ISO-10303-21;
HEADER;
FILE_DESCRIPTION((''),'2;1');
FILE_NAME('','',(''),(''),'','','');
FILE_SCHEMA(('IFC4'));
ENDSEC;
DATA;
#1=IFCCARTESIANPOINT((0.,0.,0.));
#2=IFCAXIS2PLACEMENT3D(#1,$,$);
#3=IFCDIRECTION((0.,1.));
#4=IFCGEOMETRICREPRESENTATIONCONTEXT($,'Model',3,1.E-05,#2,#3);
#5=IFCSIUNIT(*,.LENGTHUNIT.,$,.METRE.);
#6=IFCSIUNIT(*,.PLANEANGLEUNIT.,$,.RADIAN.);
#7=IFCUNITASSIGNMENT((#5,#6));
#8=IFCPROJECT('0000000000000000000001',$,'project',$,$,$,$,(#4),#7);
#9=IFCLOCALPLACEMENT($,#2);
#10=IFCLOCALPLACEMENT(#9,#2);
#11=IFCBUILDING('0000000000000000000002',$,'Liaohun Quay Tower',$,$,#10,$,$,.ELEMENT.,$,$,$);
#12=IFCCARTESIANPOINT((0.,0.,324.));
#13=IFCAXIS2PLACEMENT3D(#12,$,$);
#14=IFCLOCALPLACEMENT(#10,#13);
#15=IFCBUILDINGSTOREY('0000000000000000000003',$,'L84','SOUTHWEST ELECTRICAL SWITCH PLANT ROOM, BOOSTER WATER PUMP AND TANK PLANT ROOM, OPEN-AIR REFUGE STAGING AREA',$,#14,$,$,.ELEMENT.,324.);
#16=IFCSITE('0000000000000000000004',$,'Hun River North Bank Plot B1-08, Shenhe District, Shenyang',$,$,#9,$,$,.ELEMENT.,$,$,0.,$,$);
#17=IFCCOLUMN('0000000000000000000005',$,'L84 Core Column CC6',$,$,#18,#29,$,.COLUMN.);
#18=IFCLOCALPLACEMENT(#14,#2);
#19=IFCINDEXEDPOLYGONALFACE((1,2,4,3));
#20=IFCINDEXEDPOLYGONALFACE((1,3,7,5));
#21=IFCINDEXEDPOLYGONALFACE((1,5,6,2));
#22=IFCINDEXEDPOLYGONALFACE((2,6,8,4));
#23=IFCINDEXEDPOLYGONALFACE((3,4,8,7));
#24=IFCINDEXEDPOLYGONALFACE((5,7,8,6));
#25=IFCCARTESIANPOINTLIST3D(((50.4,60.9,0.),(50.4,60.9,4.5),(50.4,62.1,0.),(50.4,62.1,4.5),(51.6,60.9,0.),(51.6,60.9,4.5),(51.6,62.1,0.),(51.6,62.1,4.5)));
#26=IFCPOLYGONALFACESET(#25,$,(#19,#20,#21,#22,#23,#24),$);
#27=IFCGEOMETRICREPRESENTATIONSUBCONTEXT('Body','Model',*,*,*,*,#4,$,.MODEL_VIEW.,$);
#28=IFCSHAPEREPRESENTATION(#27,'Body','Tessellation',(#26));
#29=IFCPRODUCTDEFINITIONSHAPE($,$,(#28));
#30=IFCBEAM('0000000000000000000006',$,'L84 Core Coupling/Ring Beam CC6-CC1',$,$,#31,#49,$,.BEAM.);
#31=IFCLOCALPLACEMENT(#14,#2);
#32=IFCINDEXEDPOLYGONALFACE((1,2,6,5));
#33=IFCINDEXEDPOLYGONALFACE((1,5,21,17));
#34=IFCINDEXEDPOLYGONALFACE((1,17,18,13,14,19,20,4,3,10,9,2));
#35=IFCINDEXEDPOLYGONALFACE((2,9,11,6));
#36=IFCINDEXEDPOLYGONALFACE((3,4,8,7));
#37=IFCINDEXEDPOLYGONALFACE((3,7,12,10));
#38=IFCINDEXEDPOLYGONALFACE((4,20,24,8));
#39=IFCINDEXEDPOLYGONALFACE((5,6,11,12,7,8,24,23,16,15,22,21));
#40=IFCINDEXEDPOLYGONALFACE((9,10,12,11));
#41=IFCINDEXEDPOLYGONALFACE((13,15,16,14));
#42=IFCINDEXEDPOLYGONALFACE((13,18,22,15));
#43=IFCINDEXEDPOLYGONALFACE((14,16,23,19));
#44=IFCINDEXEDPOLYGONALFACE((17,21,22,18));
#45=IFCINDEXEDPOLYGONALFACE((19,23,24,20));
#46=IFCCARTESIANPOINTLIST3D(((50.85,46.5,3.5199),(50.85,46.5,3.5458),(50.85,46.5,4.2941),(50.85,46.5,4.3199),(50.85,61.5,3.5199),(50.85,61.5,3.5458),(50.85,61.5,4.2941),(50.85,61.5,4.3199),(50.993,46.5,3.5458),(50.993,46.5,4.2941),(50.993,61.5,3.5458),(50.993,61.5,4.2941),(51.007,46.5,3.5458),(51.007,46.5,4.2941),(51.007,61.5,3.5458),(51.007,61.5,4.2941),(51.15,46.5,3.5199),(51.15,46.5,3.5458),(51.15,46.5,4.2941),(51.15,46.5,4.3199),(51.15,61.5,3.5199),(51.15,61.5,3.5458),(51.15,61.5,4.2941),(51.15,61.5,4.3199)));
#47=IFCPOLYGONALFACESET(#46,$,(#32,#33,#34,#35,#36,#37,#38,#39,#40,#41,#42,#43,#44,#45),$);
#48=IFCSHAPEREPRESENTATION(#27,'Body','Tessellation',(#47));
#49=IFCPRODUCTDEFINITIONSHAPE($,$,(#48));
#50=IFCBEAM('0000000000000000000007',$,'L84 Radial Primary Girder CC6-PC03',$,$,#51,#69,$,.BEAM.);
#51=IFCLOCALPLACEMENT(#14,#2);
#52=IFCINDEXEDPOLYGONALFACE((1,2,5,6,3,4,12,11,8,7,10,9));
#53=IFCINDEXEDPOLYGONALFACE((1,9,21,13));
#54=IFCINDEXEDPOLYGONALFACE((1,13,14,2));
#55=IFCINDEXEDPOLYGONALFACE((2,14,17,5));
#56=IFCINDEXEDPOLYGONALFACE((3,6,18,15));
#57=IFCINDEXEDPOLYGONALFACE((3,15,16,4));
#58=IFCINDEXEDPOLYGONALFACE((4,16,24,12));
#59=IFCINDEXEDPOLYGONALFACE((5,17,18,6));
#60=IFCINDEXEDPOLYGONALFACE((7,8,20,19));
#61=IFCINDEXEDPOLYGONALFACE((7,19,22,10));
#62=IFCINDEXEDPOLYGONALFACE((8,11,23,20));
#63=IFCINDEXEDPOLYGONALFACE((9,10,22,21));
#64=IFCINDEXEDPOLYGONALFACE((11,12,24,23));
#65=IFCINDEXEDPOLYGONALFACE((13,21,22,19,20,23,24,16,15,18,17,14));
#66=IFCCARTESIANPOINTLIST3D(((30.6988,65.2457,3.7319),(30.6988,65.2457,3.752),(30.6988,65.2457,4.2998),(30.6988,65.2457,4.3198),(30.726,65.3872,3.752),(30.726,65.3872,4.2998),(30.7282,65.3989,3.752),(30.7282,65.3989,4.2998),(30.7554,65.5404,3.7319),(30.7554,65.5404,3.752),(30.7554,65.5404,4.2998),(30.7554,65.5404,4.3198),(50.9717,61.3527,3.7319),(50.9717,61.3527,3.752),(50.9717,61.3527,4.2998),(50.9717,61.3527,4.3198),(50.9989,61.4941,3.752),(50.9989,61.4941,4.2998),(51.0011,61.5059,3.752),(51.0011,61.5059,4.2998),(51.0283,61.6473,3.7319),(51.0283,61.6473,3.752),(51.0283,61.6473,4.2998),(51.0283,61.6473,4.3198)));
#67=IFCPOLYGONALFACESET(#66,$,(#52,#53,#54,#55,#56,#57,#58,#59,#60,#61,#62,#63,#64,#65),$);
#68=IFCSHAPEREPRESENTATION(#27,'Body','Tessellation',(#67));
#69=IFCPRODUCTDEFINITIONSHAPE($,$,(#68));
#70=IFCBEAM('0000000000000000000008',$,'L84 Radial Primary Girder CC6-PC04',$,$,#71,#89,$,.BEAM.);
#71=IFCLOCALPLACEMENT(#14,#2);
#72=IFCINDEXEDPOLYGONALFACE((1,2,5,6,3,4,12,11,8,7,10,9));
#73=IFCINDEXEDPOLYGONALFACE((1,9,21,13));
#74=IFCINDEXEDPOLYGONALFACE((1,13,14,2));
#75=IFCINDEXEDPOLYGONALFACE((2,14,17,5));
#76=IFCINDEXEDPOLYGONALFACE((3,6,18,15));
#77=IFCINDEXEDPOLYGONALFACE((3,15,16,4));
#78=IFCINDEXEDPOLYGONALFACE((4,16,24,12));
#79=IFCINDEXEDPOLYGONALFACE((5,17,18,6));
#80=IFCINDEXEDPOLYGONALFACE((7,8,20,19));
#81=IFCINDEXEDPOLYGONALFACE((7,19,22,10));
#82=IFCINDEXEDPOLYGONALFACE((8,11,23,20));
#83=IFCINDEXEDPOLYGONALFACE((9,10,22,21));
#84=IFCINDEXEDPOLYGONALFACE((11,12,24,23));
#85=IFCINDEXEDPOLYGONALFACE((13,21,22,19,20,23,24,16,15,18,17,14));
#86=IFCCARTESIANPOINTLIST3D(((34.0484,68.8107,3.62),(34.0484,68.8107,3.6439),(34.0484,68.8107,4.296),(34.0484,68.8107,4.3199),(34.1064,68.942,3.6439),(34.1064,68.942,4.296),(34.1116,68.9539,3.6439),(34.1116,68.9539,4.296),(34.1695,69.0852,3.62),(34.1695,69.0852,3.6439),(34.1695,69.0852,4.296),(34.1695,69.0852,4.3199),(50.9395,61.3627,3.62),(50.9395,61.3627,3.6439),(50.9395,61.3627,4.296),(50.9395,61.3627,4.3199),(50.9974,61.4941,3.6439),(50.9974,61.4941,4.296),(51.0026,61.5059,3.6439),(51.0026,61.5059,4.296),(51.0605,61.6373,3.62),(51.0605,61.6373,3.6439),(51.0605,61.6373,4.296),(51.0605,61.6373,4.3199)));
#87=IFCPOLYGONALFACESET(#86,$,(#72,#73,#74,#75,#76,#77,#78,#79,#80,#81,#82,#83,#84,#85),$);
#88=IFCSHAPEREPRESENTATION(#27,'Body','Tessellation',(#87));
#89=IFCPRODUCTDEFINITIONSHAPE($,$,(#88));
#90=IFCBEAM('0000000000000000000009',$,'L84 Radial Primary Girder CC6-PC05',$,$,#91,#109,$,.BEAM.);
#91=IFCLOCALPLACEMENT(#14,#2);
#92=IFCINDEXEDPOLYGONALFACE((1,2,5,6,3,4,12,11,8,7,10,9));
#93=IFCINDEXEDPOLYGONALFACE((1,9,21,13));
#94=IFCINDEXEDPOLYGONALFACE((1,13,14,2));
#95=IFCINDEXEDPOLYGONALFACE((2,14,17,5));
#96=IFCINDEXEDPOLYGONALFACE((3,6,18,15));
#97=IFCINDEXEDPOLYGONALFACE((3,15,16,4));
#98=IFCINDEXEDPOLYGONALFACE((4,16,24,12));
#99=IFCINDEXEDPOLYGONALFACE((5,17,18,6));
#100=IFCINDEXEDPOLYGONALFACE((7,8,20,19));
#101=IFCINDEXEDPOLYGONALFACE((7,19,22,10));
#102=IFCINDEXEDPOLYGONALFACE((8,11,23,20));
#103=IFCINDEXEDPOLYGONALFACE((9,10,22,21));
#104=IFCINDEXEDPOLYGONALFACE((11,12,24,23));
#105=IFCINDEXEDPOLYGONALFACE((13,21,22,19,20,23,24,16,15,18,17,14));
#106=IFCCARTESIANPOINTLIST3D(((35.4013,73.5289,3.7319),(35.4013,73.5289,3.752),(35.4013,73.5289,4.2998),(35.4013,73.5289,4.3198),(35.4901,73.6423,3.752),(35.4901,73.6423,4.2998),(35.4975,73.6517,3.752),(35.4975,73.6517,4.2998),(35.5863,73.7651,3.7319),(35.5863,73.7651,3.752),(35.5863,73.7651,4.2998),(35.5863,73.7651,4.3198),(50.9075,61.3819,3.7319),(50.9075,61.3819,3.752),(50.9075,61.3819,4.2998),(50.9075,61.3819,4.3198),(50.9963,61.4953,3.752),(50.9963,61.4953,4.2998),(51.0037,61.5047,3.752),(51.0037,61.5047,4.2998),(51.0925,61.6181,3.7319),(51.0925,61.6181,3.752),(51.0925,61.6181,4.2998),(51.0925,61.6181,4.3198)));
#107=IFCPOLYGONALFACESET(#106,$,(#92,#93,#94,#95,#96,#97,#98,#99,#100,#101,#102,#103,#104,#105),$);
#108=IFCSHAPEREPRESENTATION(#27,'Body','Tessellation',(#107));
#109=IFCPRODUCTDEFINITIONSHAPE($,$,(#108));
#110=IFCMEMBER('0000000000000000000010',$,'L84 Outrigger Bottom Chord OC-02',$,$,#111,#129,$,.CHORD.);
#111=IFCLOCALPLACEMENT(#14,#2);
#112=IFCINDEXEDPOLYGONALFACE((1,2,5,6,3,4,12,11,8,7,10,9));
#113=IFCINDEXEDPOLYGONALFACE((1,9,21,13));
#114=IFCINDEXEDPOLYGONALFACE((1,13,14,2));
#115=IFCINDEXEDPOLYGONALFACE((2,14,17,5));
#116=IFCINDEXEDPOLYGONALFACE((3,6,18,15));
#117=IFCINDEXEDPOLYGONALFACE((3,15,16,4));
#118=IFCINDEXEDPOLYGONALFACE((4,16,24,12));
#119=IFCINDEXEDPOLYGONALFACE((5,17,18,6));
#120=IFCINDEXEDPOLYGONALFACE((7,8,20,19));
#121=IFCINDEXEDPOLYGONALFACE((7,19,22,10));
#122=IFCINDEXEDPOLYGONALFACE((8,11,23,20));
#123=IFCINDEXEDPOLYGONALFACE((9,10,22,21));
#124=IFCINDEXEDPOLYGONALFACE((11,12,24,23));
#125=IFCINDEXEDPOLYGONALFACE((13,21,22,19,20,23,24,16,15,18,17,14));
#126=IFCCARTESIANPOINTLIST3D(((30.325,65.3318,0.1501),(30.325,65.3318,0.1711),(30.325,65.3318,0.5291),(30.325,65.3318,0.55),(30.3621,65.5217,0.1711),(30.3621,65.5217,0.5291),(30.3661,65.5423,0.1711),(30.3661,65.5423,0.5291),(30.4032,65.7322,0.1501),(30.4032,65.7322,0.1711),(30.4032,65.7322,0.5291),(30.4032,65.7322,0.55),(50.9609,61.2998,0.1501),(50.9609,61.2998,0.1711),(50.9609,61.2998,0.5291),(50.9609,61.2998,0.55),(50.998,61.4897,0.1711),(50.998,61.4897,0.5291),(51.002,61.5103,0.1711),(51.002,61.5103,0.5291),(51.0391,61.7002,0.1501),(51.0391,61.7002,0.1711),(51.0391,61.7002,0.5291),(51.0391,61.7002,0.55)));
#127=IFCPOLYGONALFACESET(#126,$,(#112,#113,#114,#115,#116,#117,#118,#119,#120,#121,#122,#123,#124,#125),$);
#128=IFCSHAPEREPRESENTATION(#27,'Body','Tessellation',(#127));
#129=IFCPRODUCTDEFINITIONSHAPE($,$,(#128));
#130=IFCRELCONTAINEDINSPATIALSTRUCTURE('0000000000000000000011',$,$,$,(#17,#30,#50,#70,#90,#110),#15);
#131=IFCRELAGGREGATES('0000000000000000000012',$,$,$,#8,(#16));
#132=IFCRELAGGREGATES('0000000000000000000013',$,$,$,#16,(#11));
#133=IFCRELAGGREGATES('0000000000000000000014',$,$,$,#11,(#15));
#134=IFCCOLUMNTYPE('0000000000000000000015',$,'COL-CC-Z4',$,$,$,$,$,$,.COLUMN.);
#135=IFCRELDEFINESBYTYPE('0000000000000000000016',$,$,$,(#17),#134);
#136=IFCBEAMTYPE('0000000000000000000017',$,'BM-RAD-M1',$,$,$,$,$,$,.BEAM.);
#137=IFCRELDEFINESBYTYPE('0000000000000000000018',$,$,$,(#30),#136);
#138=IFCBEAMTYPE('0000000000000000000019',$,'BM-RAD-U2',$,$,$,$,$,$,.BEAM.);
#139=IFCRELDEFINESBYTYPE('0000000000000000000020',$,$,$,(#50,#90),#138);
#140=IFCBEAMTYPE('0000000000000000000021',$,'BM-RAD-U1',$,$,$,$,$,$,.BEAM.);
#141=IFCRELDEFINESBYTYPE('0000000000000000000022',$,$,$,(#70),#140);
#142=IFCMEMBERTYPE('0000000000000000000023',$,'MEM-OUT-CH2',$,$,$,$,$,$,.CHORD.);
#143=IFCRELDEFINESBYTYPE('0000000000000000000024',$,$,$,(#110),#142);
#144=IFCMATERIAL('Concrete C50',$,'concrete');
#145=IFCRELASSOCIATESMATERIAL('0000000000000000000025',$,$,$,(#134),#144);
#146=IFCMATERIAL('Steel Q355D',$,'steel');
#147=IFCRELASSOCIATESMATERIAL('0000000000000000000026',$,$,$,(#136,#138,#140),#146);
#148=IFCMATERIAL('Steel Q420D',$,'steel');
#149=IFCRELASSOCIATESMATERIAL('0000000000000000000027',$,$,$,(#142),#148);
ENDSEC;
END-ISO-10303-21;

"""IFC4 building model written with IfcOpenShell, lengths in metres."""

from ifc_helpers import new_model, si_unit, direction, frame, origin, origin_2d, place, context, subcontext, project, spatial, rectangle, i_section, extrude, source, transform, mapped, material, material_profile, profile_set, type_object, element, save


model = new_model("IFC4")

# Units and contexts
model_context = context("Model", 3, precision=1e-05, world=origin(), true_north=direction((0.0, 1.0)))
body_context = subcontext(model_context, "Body", "Model", "MODEL_VIEW")
ifc_project = project(units=[si_unit("LENGTHUNIT", "METRE"), si_unit("PLANEANGLEUNIT", "RADIAN")], contexts=[model_context])

# Site, building, storey
site_placement = place(None, origin())
site = spatial("IfcSite", under=ifc_project, at=site_placement, Name="Hun River North Bank Plot B1-08, Shenhe District, Shenyang", CompositionType="ELEMENT", RefElevation=0.0)
building_placement = place(site_placement, origin())
building = spatial("IfcBuilding", under=site, at=building_placement, Name="Liaohun Quay Tower", CompositionType="ELEMENT")
storey_placement = place(building_placement, frame((0.0, 0.0, 324.0)))
storey = spatial("IfcBuildingStorey", under=building, at=storey_placement, Name="L84", Description="SOUTHWEST ELECTRICAL SWITCH PLANT ROOM, BOOSTER WATER PUMP AND TANK PLANT ROOM, OPEN-AIR REFUGE STAGING AREA", CompositionType="ELEMENT", Elevation=324.0)

# Column
ifc_material_1 = material(Name="Concrete C50", Category="concrete")
ifc_material_profile_1 = material_profile(ifc_material_1, rectangle(XDim=1.2, YDim=1.2, at=origin_2d()), Name="RC1200x1200")
ifc_profile_set_1 = profile_set([ifc_material_profile_1], Name="Concrete C50")
column_type = type_object("IfcColumnType", Name="COL-CC-Z4", PredefinedType="COLUMN", material=ifc_profile_set_1)
shared_shape_1 = source(origin(), body_context, "Body", "SweptSolid", [
    extrude(rectangle(XDim=1.2, YDim=1.2, at=origin_2d()), origin(), (0.0, 0.0, 1.0), 4.5),
])
column_placement = place(storey_placement, frame((51.0, 61.5, 0.0), z_axis=(0.0, 0.0, 1.0), x_axis=(1.0, 0.0, 0.0)))
element("IfcColumn", 1, at=column_placement, inside=storey, type_object=column_type, Name="L84 Core Column CC6", PredefinedType="COLUMN", context=body_context, shape_type="MappedRepresentation", body=[
    mapped(shared_shape_1, transform((0.0, 0.0, 0.0), x_axis=(1.0, 0.0, 0.0), y_axis=(0.0, 1.0, 0.0), z_axis=(0.0, 0.0, 1.0), scale=1.0)),
])

# Beams
ifc_material_2 = material(Name="Steel Q355D", Category="steel")
ifc_material_profile_2 = material_profile(ifc_material_2, i_section(OverallWidth=0.3, OverallDepth=0.8, WebThickness=0.0139, FlangeThickness=0.0259, at=origin_2d()), Name="HN800x300x14x26")
ifc_profile_set_2 = profile_set([ifc_material_profile_2], Name="Steel Q355D")
beam_type_1 = type_object("IfcBeamType", Name="BM-RAD-M1", PredefinedType="BEAM", material=ifc_profile_set_2)
shared_shape_2 = source(origin(), body_context, "Body", "SweptSolid", [
    extrude(i_section(OverallWidth=0.3, OverallDepth=0.8, WebThickness=0.0139, FlangeThickness=0.0259, at=origin_2d()), origin(), (0.0, 0.0, 1.0), 15.0),
])
beam_1_placement = place(storey_placement, frame((51.0, 61.5, 3.9199), z_axis=(0.0, -1.0, 0.0), x_axis=(1.0, 0.0, 0.0)))
element("IfcBeam", 2, at=beam_1_placement, inside=storey, type_object=beam_type_1, Name="L84 Core Coupling/Ring Beam CC6-CC1", PredefinedType="BEAM", context=body_context, shape_type="MappedRepresentation", body=[
    mapped(shared_shape_2, transform((0.0, 0.0, 0.0), x_axis=(1.0, 0.0, 0.0), y_axis=(0.0, 1.0, 0.0), z_axis=(0.0, 0.0, 1.0), scale=1.0)),
])
ifc_material_profile_3 = material_profile(ifc_material_2, i_section(OverallWidth=0.3, OverallDepth=0.5879, WebThickness=0.012, FlangeThickness=0.02, at=origin_2d()), Name="HM588x300x12x20")
ifc_profile_set_3 = profile_set([ifc_material_profile_3], Name="Steel Q355D")
beam_type_2 = type_object("IfcBeamType", Name="BM-RAD-U2", PredefinedType="BEAM", material=ifc_profile_set_3)
shared_shape_3 = source(origin(), body_context, "Body", "SweptSolid", [
    extrude(i_section(OverallWidth=0.3, OverallDepth=0.5879, WebThickness=0.012, FlangeThickness=0.02, at=origin_2d()), origin(), (0.0, 0.0, 1.0), 20.6433),
])
beam_2_placement = place(storey_placement, frame((51.0, 61.5, 4.0259), z_axis=(-0.982057, 0.188587, 0.0), x_axis=(-0.188587, -0.982057, 0.0)))
element("IfcBeam", 3, at=beam_2_placement, inside=storey, type_object=beam_type_2, Name="L84 Radial Primary Girder CC6-PC03", PredefinedType="BEAM", context=body_context, shape_type="MappedRepresentation", body=[
    mapped(shared_shape_3, transform((0.0, 0.0, 0.0), x_axis=(1.0, 0.0, 0.0), y_axis=(0.0, 1.0, 0.0), z_axis=(0.0, 0.0, 1.0), scale=1.0)),
])
ifc_material_profile_4 = material_profile(ifc_material_2, i_section(OverallWidth=0.3, OverallDepth=0.7, WebThickness=0.0129, FlangeThickness=0.0239, at=origin_2d()), Name="HN700x300x13x24")
ifc_profile_set_4 = profile_set([ifc_material_profile_4], Name="Steel Q355D")
beam_type_3 = type_object("IfcBeamType", Name="BM-RAD-U1", PredefinedType="BEAM", material=ifc_profile_set_4)
shared_shape_4 = source(origin(), body_context, "Body", "SweptSolid", [
    extrude(i_section(OverallWidth=0.3, OverallDepth=0.7, WebThickness=0.0129, FlangeThickness=0.0239, at=origin_2d()), origin(), (0.0, 0.0, 1.0), 18.4602),
])
beam_3_placement = place(storey_placement, frame((51.0, 61.5, 3.97), z_axis=(-0.914997, 0.40346, 0.0), x_axis=(-0.40346, -0.914997, 0.0)))
element("IfcBeam", 4, at=beam_3_placement, inside=storey, type_object=beam_type_3, Name="L84 Radial Primary Girder CC6-PC04", PredefinedType="BEAM", context=body_context, shape_type="MappedRepresentation", body=[
    mapped(shared_shape_4, transform((0.0, 0.0, 0.0), x_axis=(1.0, 0.0, 0.0), y_axis=(0.0, 1.0, 0.0), z_axis=(0.0, 0.0, 1.0), scale=1.0)),
])
shared_shape_5 = source(origin(), body_context, "Body", "SweptSolid", [
    extrude(i_section(OverallWidth=0.3, OverallDepth=0.5879, WebThickness=0.012, FlangeThickness=0.02, at=origin_2d()), origin(), (0.0, 0.0, 1.0), 19.6975),
])
beam_4_placement = place(storey_placement, frame((51.0, 61.5, 4.0259), z_axis=(-0.787215, 0.616678, 0.0), x_axis=(-0.616678, -0.787215, 0.0)))
element("IfcBeam", 5, at=beam_4_placement, inside=storey, type_object=beam_type_2, Name="L84 Radial Primary Girder CC6-PC05", PredefinedType="BEAM", context=body_context, shape_type="MappedRepresentation", body=[
    mapped(shared_shape_5, transform((0.0, 0.0, 0.0), x_axis=(1.0, 0.0, 0.0), y_axis=(0.0, 1.0, 0.0), z_axis=(0.0, 0.0, 1.0), scale=1.0)),
])

# Member
ifc_material_3 = material(Name="Steel Q420D", Category="steel")
ifc_material_profile_5 = material_profile(ifc_material_3, i_section(OverallWidth=0.408, OverallDepth=0.3999, WebThickness=0.021, FlangeThickness=0.021, at=origin_2d()), Name="HW400x408x21x21")
ifc_profile_set_5 = profile_set([ifc_material_profile_5], Name="Steel Q420D")
member_type_1 = type_object("IfcMemberType", Name="MEM-OUT-CH2", PredefinedType="CHORD", material=ifc_profile_set_5)
shared_shape_6 = source(origin(), body_context, "Body", "SweptSolid", [
    extrude(i_section(OverallWidth=0.408, OverallDepth=0.3999, WebThickness=0.021, FlangeThickness=0.021, at=origin_2d()), origin(), (0.0, 0.0, 1.0), 21.0261),
])
member_1_placement = place(storey_placement, frame((51.0, 61.5, 0.3501), z_axis=(-0.981442, 0.19176, 0.0), x_axis=(-0.19176, -0.981442, 0.0)))
element("IfcMember", 6, at=member_1_placement, inside=storey, type_object=member_type_1, Name="L84 Outrigger Bottom Chord OC-02", PredefinedType="CHORD", context=body_context, shape_type="MappedRepresentation", body=[
    mapped(shared_shape_6, transform((0.0, 0.0, 0.0), x_axis=(1.0, 0.0, 0.0), y_axis=(0.0, 1.0, 0.0), z_axis=(0.0, 0.0, 1.0), scale=1.0)),
])

save(model, "model.ifc")
